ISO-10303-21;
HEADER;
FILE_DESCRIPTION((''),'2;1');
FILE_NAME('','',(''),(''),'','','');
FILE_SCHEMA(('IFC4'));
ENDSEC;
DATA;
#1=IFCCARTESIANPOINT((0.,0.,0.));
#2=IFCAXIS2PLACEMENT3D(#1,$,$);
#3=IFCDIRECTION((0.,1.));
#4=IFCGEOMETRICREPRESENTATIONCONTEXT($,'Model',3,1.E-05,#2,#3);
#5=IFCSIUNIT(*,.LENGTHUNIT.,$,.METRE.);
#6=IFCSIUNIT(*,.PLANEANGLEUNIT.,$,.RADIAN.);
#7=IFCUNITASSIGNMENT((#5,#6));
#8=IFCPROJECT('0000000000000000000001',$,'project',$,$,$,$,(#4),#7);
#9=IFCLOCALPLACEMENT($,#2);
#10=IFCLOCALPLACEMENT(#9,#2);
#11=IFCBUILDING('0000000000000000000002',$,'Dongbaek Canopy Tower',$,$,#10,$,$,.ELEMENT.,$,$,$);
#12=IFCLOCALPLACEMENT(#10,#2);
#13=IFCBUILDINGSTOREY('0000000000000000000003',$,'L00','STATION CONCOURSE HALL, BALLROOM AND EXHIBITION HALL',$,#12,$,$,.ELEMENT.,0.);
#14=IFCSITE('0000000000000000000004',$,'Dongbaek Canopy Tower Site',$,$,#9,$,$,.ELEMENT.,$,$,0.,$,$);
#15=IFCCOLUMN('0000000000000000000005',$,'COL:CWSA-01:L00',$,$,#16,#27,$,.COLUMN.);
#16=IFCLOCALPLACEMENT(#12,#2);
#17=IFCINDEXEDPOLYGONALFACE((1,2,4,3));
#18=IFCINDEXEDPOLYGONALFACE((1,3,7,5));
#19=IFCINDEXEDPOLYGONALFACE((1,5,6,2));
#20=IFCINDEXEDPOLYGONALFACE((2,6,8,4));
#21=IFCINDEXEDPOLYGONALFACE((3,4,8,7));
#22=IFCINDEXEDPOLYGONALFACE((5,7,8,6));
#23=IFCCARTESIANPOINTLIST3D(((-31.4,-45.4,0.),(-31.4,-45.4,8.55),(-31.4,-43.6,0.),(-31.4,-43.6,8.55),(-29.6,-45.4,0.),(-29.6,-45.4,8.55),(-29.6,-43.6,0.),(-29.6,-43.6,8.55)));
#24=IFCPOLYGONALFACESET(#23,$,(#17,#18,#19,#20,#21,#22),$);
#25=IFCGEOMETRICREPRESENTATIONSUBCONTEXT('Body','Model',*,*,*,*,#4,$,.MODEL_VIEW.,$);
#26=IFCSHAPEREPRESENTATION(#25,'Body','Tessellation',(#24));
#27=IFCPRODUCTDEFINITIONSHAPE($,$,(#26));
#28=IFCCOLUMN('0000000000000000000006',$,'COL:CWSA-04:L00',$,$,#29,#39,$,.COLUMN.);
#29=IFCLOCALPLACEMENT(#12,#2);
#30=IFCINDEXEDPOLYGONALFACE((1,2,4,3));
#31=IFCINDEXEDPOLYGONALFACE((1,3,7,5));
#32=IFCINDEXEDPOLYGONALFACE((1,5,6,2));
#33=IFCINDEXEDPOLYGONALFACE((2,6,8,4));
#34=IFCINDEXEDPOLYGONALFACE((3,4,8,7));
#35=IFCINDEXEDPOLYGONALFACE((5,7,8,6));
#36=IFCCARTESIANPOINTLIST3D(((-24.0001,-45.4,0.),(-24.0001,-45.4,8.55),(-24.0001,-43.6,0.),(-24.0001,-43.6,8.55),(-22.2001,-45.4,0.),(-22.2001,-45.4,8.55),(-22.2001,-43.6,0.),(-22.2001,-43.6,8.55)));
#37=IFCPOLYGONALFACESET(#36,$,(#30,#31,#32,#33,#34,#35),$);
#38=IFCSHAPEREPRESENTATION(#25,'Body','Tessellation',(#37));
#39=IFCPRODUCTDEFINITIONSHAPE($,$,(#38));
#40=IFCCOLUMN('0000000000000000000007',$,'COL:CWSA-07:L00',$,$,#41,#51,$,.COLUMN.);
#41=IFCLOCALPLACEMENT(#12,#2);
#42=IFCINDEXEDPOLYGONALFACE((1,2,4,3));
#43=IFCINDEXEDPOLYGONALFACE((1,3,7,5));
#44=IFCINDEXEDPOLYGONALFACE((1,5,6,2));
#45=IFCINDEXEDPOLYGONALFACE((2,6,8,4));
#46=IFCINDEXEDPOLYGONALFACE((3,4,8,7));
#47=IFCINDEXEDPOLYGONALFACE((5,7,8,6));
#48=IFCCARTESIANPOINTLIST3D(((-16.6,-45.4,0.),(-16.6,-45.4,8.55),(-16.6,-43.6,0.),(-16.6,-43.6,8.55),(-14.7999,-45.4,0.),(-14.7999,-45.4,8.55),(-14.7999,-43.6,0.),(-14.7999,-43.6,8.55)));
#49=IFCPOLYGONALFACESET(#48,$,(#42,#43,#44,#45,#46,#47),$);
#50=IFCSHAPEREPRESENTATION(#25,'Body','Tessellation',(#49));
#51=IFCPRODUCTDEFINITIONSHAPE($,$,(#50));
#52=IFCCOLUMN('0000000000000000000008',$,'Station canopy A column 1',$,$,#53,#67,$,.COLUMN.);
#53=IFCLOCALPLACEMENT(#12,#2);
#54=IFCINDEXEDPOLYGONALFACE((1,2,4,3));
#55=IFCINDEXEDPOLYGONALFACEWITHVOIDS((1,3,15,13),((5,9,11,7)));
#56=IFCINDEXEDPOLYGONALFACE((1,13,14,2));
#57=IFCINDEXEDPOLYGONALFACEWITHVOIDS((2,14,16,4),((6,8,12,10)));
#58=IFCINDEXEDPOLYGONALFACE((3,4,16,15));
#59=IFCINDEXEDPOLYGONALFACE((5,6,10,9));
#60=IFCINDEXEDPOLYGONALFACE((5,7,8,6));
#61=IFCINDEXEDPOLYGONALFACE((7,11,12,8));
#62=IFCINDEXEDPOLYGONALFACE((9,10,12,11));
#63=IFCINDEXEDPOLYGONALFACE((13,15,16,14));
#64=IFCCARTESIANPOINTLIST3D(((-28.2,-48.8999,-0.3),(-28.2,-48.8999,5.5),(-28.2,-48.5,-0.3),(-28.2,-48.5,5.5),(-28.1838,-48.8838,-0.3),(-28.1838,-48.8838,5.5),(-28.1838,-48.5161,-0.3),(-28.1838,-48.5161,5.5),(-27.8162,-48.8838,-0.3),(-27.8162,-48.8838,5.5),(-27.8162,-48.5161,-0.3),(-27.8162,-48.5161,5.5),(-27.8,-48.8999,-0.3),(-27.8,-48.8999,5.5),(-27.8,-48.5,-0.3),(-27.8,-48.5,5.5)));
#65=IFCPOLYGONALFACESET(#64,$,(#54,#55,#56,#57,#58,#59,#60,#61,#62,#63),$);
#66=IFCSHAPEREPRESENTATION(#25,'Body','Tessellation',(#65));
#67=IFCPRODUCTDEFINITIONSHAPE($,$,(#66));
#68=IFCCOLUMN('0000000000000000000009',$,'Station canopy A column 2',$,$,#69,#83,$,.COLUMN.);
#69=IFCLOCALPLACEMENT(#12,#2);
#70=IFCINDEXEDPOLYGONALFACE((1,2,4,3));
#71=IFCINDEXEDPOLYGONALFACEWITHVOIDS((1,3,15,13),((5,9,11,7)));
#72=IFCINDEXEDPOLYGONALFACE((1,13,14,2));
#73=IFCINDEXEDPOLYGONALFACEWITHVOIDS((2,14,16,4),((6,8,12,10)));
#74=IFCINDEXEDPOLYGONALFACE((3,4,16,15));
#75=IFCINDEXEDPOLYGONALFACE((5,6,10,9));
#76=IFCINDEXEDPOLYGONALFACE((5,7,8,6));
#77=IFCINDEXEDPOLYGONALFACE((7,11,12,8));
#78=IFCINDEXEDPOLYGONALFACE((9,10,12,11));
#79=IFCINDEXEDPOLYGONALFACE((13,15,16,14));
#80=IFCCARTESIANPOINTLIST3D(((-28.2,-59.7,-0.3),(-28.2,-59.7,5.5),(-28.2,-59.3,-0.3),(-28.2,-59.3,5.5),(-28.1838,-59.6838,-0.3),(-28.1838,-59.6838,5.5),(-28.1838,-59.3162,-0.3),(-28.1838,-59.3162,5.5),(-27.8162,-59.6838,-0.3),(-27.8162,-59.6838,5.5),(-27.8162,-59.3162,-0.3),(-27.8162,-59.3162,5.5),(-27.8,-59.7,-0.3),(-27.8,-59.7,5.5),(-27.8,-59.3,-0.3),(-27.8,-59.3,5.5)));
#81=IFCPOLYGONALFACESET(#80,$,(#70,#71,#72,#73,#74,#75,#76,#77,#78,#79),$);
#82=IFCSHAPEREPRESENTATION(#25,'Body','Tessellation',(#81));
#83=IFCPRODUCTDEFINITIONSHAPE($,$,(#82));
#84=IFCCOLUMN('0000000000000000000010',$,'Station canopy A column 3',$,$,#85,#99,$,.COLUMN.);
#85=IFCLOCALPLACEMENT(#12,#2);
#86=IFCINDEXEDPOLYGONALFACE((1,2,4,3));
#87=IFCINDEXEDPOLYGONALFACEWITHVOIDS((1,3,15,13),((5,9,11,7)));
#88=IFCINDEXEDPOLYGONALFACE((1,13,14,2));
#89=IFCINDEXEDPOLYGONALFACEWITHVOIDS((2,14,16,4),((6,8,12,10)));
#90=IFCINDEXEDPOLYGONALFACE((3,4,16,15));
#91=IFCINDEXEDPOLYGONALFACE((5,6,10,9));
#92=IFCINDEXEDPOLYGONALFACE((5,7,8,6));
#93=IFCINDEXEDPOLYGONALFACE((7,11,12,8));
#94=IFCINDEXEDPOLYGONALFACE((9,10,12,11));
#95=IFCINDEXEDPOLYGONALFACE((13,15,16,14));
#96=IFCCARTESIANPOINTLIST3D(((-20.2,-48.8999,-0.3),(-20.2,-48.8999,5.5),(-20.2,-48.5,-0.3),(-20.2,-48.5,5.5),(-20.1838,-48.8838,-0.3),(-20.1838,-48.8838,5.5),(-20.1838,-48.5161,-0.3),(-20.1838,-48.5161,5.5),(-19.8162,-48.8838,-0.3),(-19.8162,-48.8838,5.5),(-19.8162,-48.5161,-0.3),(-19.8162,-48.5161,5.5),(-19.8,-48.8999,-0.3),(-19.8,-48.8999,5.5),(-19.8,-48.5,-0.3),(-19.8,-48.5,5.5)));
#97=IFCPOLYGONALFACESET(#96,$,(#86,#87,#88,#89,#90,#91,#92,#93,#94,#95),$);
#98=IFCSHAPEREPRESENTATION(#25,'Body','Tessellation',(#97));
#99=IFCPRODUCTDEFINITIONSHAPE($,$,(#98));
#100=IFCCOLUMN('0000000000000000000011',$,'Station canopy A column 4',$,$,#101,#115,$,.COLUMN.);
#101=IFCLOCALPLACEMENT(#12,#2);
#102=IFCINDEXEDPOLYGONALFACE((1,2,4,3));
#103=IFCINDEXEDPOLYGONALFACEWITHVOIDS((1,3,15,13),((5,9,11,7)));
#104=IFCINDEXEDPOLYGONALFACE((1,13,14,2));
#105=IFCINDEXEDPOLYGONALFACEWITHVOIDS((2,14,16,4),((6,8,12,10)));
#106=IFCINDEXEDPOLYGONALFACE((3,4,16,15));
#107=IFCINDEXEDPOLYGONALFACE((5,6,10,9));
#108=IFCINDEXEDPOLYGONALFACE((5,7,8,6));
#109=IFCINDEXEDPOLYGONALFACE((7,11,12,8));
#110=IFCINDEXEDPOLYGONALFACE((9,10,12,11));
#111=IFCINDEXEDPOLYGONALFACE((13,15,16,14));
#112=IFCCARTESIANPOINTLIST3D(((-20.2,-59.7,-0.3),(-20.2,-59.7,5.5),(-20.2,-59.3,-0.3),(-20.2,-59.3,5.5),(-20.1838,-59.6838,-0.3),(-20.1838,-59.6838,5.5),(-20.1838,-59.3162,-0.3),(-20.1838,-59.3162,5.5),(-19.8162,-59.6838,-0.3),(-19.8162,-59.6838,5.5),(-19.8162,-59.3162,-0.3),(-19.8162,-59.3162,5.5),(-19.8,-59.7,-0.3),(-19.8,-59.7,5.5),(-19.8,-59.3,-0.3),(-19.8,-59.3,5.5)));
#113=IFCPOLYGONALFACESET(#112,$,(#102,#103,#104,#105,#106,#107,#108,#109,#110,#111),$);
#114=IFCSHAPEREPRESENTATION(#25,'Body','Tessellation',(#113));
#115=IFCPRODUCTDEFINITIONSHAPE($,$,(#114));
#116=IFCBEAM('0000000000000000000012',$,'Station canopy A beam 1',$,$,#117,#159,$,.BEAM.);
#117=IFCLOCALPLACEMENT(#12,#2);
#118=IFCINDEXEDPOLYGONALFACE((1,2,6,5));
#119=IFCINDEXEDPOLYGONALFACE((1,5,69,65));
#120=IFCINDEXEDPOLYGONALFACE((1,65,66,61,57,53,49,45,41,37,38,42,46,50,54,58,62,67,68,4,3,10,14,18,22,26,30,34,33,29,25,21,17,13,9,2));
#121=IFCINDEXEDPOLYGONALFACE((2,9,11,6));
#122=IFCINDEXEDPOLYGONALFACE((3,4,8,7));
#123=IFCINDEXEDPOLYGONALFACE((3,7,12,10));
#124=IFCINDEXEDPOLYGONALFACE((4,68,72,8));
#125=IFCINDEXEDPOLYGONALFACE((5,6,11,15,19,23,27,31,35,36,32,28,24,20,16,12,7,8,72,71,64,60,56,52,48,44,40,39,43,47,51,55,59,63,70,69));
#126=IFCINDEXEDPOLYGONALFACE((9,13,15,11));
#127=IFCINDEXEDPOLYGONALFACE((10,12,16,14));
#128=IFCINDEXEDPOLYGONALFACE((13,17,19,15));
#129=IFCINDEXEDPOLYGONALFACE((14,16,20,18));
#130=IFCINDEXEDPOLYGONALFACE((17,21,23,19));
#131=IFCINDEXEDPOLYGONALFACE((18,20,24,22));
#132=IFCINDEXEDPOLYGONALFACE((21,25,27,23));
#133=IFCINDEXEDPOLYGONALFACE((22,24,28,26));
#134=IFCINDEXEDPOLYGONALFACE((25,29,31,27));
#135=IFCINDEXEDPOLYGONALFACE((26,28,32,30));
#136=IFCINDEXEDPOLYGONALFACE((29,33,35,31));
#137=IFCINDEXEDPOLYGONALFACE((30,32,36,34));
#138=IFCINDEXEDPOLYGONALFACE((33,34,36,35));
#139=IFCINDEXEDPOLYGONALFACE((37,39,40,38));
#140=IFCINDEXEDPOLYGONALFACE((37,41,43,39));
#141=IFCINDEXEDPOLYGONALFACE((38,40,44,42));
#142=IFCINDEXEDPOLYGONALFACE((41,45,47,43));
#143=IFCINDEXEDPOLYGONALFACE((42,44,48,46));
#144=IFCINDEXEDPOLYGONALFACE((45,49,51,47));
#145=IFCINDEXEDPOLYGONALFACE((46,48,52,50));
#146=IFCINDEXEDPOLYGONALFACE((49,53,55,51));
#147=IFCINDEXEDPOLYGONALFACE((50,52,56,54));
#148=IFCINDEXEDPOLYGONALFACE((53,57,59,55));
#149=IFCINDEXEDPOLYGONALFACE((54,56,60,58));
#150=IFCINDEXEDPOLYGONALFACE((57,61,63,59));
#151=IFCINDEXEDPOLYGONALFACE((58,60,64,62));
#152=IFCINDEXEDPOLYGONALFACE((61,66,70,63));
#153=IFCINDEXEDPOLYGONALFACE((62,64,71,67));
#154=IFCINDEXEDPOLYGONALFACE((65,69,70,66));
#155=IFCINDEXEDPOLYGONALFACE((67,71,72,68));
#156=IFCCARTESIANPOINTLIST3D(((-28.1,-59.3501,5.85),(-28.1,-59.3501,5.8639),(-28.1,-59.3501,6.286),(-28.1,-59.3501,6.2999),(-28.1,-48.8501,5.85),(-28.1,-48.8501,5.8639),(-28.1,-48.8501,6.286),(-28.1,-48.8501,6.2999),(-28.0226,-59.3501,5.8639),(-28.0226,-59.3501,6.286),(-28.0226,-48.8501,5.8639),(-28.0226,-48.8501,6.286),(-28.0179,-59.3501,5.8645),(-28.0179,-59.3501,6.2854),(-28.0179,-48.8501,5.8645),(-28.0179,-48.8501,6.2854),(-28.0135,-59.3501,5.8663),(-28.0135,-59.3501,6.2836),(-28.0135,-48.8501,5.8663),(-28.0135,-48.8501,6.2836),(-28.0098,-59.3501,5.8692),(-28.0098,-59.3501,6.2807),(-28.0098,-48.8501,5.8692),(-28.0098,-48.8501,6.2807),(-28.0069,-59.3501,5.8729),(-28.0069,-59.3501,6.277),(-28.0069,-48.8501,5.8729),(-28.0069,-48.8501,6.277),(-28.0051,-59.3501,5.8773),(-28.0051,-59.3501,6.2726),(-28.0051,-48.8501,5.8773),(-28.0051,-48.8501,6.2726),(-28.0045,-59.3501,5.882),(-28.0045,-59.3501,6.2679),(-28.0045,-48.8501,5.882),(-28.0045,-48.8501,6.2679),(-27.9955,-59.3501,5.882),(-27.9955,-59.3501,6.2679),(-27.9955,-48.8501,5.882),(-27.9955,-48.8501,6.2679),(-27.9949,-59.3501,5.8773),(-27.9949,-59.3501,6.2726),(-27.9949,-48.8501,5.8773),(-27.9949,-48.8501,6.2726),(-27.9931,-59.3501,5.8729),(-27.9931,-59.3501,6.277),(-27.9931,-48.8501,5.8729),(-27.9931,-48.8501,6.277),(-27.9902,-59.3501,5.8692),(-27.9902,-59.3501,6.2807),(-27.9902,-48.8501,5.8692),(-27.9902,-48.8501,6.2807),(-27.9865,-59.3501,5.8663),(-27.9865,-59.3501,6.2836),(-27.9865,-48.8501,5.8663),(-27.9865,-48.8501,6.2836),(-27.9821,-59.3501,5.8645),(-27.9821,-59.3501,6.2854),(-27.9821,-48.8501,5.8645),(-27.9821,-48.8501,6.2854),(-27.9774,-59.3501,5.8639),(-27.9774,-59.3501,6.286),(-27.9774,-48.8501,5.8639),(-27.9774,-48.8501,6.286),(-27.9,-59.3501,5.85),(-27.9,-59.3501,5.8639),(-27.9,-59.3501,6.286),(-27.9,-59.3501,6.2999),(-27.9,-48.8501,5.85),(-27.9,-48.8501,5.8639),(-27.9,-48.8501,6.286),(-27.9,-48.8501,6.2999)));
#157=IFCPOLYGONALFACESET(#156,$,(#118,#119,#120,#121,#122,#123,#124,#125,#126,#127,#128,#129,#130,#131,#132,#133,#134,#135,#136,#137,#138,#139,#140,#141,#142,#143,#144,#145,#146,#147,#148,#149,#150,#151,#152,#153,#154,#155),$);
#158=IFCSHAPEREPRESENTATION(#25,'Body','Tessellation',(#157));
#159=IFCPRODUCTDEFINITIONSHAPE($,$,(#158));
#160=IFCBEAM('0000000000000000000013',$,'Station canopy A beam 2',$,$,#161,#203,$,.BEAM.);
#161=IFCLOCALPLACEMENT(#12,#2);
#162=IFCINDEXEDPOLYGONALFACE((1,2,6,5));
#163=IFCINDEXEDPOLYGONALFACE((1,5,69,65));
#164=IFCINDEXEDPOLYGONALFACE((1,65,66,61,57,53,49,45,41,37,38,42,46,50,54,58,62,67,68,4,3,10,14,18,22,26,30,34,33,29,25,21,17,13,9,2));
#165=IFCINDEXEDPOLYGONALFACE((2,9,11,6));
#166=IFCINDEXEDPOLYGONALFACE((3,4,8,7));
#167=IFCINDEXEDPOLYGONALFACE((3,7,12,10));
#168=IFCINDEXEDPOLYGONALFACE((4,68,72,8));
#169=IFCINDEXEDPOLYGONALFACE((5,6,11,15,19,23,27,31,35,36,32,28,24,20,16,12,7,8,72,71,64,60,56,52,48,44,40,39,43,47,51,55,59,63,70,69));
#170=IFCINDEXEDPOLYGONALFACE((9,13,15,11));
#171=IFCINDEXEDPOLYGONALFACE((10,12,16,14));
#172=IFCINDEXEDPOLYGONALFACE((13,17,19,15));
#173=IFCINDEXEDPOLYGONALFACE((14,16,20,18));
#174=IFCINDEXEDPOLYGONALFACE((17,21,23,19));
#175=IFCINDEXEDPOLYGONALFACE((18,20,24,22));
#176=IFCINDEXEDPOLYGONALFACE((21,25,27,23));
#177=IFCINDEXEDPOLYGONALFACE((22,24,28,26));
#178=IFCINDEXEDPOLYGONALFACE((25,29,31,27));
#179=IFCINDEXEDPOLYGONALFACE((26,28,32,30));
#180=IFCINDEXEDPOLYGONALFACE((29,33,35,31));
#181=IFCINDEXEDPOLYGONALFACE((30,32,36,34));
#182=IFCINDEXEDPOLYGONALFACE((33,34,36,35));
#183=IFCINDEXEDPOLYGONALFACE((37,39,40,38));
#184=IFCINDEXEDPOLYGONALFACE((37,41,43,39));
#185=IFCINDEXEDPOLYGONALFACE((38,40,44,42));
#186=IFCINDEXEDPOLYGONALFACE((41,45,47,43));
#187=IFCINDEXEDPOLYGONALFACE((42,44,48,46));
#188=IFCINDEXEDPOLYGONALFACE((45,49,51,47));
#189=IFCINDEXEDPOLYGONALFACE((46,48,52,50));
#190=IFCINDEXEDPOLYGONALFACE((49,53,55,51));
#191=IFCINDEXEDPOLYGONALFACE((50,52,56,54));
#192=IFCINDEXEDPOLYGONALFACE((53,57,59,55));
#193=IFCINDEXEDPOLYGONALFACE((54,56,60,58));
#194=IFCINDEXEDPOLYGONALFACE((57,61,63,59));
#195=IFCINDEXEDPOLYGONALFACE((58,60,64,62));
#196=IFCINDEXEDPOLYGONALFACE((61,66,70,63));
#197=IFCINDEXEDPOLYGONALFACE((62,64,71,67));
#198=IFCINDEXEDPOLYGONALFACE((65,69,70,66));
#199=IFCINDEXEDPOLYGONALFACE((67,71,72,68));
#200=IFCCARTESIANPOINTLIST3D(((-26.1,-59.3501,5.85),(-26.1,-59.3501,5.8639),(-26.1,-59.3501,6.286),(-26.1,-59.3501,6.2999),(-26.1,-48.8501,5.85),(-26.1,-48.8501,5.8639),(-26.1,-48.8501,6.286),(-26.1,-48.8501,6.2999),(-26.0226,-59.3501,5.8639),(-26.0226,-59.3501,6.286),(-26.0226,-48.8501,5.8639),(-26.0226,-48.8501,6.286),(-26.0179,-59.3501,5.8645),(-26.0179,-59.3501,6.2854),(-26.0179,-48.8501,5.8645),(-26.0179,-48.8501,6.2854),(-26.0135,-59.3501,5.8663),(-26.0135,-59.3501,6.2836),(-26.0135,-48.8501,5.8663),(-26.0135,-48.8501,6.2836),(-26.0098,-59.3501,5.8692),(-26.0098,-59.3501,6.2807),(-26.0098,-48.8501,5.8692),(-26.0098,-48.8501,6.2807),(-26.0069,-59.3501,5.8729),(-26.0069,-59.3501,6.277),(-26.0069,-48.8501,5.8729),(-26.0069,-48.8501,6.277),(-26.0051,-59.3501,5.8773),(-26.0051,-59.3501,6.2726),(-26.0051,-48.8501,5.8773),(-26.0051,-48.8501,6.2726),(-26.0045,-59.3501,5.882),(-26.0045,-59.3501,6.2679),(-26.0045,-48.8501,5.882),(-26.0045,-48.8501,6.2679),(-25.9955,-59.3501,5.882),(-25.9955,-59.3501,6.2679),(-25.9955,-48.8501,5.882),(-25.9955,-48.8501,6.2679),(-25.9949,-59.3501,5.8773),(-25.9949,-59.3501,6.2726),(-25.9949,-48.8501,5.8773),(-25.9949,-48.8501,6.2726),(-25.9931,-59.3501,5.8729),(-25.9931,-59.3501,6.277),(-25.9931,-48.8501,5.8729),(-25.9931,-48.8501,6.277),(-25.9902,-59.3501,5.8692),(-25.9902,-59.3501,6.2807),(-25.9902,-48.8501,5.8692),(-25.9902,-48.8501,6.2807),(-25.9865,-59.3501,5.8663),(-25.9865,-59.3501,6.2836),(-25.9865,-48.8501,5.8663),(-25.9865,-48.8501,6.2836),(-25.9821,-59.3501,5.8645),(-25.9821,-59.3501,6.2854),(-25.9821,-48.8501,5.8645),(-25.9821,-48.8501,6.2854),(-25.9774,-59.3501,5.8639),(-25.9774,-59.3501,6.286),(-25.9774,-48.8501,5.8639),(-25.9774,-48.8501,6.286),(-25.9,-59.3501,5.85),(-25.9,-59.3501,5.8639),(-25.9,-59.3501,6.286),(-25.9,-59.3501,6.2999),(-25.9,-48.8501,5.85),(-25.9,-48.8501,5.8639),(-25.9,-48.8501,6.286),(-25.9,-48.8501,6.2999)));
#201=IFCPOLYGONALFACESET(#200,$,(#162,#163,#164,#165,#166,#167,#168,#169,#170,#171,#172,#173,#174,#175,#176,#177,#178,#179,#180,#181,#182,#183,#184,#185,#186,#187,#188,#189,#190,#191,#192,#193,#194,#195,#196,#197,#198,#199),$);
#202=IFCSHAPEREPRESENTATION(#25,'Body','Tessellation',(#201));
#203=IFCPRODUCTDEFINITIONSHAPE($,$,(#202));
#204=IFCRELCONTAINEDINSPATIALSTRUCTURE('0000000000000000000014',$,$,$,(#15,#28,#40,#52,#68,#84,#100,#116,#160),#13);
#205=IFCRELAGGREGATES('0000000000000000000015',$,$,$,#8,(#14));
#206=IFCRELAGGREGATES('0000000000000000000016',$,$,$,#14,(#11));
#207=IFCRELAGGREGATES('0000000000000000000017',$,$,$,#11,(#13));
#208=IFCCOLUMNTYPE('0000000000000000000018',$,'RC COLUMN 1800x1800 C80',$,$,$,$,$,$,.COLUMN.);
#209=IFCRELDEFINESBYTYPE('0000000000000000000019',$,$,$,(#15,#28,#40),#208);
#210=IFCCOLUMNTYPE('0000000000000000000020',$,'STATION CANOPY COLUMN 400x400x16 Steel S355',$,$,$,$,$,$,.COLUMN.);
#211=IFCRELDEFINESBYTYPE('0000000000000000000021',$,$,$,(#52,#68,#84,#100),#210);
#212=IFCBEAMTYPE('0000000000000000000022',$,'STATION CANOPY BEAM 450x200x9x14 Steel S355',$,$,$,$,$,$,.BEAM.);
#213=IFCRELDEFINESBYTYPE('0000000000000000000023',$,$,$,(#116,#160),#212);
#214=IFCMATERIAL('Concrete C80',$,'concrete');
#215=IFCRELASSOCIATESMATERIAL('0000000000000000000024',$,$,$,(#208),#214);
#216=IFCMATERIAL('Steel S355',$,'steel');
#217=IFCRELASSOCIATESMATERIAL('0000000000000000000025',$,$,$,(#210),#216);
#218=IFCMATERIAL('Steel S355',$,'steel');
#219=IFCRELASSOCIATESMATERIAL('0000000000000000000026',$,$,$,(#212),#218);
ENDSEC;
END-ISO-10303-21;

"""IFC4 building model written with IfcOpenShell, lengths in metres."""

from ifc_helpers import new_model, si_unit, direction, frame, origin, origin_2d, place, context, subcontext, project, spatial, rectangle, hollow_rectangle, i_section, extrude, material, material_profile, profile_set, type_object, element, save


model = new_model("IFC4")

# Units and contexts
model_context = context("Model", 3, precision=1e-05, world=origin(), true_north=direction((0.0, 1.0)))
body_context = subcontext(model_context, "Body", "Model", "MODEL_VIEW")
ifc_project = project(units=[si_unit("LENGTHUNIT", "METRE"), si_unit("PLANEANGLEUNIT", "RADIAN")], contexts=[model_context])

# Site, building, storey
site_placement = place(None, origin())
site = spatial("IfcSite", under=ifc_project, at=site_placement, Name="Dongbaek Canopy Tower Site", CompositionType="ELEMENT", RefElevation=0.0)
building_placement = place(site_placement, origin())
building = spatial("IfcBuilding", under=site, at=building_placement, Name="Dongbaek Canopy Tower", CompositionType="ELEMENT")
storey_placement = place(building_placement, origin())
storey = spatial("IfcBuildingStorey", under=building, at=storey_placement, Name="L00", Description="STATION CONCOURSE HALL, BALLROOM AND EXHIBITION HALL", CompositionType="ELEMENT", Elevation=0.0)

# Columns
ifc_material_1 = material(Name="Concrete C80", Category="concrete")
ifc_material_profile_1 = material_profile(ifc_material_1, rectangle(XDim=1.8, YDim=1.8, at=origin_2d()), Name="RC COLUMN 1800x1800 C80")
ifc_profile_set_1 = profile_set([ifc_material_profile_1], Name="Concrete C80")
column_type_1 = type_object("IfcColumnType", Name="RC COLUMN 1800x1800 C80", PredefinedType="COLUMN", material=ifc_profile_set_1)
for number, where, z_axis, x_axis, name in (
    (1, (-30.5, -44.5, 0.0), (0.0, 0.0, 1.0), (1.0, 0.0, 0.0), "COL:CWSA-01:L00"),
    (2, (-23.1001, -44.5, 0.0), (0.0, 0.0, 1.0), (1.0, 0.0, 0.0), "COL:CWSA-04:L00"),
    (3, (-15.7, -44.5, 0.0), (0.0, 0.0, 1.0), (1.0, 0.0, 0.0), "COL:CWSA-07:L00"),
):
    element("IfcColumn", number, at=place(storey_placement, frame(where, z_axis=z_axis, x_axis=x_axis)), inside=storey, type_object=column_type_1, Name=name, PredefinedType="COLUMN", context=body_context, shape_type="SweptSolid", body=[
        extrude(rectangle(XDim=1.8, YDim=1.8, at=origin_2d()), origin(), (0.0, 0.0, 1.0), 8.55),
    ])
ifc_material_2 = material(Name="Steel S355", Category="steel")
ifc_material_profile_2 = material_profile(ifc_material_2, hollow_rectangle(XDim=0.3999, YDim=0.3999, WallThickness=0.0161, at=origin_2d()), Name="STATION CANOPY COLUMN 400x400x16 Steel S355")
ifc_profile_set_2 = profile_set([ifc_material_profile_2], Name="Steel S355")
column_type_2 = type_object("IfcColumnType", Name="STATION CANOPY COLUMN 400x400x16 Steel S355", PredefinedType="COLUMN", material=ifc_profile_set_2)
for number, where, z_axis, x_axis, name in (
    (4, (-28.0, -48.7, -0.3), (0.0, 0.0, 1.0), (1.0, 0.0, 0.0), "Station canopy A column 1"),
    (5, (-28.0, -59.5, -0.3), (0.0, 0.0, 1.0), (1.0, 0.0, 0.0), "Station canopy A column 2"),
    (6, (-20.0, -48.7, -0.3), (0.0, 0.0, 1.0), (1.0, 0.0, 0.0), "Station canopy A column 3"),
    (7, (-20.0, -59.5, -0.3), (0.0, 0.0, 1.0), (1.0, 0.0, 0.0), "Station canopy A column 4"),
):
    element("IfcColumn", number, at=place(storey_placement, frame(where, z_axis=z_axis, x_axis=x_axis)), inside=storey, type_object=column_type_2, Name=name, PredefinedType="COLUMN", context=body_context, shape_type="SweptSolid", body=[
        extrude(hollow_rectangle(XDim=0.3999, YDim=0.3999, WallThickness=0.0161, at=origin_2d()), origin(), (0.0, 0.0, 1.0), 5.8),
    ])

# Beams
ifc_material_3 = material(Name="Steel S355", Category="steel")
ifc_material_profile_3 = material_profile(ifc_material_3, i_section(OverallWidth=0.2, OverallDepth=0.45, WebThickness=0.009, FlangeThickness=0.0139, FilletRadius=0.0181, at=origin_2d()), Name="STATION CANOPY BEAM 450x200x9x14 Steel S355")
ifc_profile_set_3 = profile_set([ifc_material_profile_3], Name="Steel S355")
beam_type_1 = type_object("IfcBeamType", Name="STATION CANOPY BEAM 450x200x9x14 Steel S355", PredefinedType="BEAM", material=ifc_profile_set_3)
for number, where, z_axis, x_axis, name in (
    (8, (-28.0, -59.3501, 6.075), (0.0, 1.0, 0.0), (-1.0, 0.0, 0.0), "Station canopy A beam 1"),
    (9, (-26.0, -59.3501, 6.075), (0.0, 1.0, 0.0), (-1.0, 0.0, 0.0), "Station canopy A beam 2"),
):
    element("IfcBeam", number, at=place(storey_placement, frame(where, z_axis=z_axis, x_axis=x_axis)), inside=storey, type_object=beam_type_1, Name=name, PredefinedType="BEAM", context=body_context, shape_type="SweptSolid", body=[
        extrude(i_section(OverallWidth=0.2, OverallDepth=0.45, WebThickness=0.009, FlangeThickness=0.0139, FilletRadius=0.0181, at=origin_2d()), origin(), (0.0, 0.0, 1.0), 10.5),
    ])

save(model, "model.ifc")
